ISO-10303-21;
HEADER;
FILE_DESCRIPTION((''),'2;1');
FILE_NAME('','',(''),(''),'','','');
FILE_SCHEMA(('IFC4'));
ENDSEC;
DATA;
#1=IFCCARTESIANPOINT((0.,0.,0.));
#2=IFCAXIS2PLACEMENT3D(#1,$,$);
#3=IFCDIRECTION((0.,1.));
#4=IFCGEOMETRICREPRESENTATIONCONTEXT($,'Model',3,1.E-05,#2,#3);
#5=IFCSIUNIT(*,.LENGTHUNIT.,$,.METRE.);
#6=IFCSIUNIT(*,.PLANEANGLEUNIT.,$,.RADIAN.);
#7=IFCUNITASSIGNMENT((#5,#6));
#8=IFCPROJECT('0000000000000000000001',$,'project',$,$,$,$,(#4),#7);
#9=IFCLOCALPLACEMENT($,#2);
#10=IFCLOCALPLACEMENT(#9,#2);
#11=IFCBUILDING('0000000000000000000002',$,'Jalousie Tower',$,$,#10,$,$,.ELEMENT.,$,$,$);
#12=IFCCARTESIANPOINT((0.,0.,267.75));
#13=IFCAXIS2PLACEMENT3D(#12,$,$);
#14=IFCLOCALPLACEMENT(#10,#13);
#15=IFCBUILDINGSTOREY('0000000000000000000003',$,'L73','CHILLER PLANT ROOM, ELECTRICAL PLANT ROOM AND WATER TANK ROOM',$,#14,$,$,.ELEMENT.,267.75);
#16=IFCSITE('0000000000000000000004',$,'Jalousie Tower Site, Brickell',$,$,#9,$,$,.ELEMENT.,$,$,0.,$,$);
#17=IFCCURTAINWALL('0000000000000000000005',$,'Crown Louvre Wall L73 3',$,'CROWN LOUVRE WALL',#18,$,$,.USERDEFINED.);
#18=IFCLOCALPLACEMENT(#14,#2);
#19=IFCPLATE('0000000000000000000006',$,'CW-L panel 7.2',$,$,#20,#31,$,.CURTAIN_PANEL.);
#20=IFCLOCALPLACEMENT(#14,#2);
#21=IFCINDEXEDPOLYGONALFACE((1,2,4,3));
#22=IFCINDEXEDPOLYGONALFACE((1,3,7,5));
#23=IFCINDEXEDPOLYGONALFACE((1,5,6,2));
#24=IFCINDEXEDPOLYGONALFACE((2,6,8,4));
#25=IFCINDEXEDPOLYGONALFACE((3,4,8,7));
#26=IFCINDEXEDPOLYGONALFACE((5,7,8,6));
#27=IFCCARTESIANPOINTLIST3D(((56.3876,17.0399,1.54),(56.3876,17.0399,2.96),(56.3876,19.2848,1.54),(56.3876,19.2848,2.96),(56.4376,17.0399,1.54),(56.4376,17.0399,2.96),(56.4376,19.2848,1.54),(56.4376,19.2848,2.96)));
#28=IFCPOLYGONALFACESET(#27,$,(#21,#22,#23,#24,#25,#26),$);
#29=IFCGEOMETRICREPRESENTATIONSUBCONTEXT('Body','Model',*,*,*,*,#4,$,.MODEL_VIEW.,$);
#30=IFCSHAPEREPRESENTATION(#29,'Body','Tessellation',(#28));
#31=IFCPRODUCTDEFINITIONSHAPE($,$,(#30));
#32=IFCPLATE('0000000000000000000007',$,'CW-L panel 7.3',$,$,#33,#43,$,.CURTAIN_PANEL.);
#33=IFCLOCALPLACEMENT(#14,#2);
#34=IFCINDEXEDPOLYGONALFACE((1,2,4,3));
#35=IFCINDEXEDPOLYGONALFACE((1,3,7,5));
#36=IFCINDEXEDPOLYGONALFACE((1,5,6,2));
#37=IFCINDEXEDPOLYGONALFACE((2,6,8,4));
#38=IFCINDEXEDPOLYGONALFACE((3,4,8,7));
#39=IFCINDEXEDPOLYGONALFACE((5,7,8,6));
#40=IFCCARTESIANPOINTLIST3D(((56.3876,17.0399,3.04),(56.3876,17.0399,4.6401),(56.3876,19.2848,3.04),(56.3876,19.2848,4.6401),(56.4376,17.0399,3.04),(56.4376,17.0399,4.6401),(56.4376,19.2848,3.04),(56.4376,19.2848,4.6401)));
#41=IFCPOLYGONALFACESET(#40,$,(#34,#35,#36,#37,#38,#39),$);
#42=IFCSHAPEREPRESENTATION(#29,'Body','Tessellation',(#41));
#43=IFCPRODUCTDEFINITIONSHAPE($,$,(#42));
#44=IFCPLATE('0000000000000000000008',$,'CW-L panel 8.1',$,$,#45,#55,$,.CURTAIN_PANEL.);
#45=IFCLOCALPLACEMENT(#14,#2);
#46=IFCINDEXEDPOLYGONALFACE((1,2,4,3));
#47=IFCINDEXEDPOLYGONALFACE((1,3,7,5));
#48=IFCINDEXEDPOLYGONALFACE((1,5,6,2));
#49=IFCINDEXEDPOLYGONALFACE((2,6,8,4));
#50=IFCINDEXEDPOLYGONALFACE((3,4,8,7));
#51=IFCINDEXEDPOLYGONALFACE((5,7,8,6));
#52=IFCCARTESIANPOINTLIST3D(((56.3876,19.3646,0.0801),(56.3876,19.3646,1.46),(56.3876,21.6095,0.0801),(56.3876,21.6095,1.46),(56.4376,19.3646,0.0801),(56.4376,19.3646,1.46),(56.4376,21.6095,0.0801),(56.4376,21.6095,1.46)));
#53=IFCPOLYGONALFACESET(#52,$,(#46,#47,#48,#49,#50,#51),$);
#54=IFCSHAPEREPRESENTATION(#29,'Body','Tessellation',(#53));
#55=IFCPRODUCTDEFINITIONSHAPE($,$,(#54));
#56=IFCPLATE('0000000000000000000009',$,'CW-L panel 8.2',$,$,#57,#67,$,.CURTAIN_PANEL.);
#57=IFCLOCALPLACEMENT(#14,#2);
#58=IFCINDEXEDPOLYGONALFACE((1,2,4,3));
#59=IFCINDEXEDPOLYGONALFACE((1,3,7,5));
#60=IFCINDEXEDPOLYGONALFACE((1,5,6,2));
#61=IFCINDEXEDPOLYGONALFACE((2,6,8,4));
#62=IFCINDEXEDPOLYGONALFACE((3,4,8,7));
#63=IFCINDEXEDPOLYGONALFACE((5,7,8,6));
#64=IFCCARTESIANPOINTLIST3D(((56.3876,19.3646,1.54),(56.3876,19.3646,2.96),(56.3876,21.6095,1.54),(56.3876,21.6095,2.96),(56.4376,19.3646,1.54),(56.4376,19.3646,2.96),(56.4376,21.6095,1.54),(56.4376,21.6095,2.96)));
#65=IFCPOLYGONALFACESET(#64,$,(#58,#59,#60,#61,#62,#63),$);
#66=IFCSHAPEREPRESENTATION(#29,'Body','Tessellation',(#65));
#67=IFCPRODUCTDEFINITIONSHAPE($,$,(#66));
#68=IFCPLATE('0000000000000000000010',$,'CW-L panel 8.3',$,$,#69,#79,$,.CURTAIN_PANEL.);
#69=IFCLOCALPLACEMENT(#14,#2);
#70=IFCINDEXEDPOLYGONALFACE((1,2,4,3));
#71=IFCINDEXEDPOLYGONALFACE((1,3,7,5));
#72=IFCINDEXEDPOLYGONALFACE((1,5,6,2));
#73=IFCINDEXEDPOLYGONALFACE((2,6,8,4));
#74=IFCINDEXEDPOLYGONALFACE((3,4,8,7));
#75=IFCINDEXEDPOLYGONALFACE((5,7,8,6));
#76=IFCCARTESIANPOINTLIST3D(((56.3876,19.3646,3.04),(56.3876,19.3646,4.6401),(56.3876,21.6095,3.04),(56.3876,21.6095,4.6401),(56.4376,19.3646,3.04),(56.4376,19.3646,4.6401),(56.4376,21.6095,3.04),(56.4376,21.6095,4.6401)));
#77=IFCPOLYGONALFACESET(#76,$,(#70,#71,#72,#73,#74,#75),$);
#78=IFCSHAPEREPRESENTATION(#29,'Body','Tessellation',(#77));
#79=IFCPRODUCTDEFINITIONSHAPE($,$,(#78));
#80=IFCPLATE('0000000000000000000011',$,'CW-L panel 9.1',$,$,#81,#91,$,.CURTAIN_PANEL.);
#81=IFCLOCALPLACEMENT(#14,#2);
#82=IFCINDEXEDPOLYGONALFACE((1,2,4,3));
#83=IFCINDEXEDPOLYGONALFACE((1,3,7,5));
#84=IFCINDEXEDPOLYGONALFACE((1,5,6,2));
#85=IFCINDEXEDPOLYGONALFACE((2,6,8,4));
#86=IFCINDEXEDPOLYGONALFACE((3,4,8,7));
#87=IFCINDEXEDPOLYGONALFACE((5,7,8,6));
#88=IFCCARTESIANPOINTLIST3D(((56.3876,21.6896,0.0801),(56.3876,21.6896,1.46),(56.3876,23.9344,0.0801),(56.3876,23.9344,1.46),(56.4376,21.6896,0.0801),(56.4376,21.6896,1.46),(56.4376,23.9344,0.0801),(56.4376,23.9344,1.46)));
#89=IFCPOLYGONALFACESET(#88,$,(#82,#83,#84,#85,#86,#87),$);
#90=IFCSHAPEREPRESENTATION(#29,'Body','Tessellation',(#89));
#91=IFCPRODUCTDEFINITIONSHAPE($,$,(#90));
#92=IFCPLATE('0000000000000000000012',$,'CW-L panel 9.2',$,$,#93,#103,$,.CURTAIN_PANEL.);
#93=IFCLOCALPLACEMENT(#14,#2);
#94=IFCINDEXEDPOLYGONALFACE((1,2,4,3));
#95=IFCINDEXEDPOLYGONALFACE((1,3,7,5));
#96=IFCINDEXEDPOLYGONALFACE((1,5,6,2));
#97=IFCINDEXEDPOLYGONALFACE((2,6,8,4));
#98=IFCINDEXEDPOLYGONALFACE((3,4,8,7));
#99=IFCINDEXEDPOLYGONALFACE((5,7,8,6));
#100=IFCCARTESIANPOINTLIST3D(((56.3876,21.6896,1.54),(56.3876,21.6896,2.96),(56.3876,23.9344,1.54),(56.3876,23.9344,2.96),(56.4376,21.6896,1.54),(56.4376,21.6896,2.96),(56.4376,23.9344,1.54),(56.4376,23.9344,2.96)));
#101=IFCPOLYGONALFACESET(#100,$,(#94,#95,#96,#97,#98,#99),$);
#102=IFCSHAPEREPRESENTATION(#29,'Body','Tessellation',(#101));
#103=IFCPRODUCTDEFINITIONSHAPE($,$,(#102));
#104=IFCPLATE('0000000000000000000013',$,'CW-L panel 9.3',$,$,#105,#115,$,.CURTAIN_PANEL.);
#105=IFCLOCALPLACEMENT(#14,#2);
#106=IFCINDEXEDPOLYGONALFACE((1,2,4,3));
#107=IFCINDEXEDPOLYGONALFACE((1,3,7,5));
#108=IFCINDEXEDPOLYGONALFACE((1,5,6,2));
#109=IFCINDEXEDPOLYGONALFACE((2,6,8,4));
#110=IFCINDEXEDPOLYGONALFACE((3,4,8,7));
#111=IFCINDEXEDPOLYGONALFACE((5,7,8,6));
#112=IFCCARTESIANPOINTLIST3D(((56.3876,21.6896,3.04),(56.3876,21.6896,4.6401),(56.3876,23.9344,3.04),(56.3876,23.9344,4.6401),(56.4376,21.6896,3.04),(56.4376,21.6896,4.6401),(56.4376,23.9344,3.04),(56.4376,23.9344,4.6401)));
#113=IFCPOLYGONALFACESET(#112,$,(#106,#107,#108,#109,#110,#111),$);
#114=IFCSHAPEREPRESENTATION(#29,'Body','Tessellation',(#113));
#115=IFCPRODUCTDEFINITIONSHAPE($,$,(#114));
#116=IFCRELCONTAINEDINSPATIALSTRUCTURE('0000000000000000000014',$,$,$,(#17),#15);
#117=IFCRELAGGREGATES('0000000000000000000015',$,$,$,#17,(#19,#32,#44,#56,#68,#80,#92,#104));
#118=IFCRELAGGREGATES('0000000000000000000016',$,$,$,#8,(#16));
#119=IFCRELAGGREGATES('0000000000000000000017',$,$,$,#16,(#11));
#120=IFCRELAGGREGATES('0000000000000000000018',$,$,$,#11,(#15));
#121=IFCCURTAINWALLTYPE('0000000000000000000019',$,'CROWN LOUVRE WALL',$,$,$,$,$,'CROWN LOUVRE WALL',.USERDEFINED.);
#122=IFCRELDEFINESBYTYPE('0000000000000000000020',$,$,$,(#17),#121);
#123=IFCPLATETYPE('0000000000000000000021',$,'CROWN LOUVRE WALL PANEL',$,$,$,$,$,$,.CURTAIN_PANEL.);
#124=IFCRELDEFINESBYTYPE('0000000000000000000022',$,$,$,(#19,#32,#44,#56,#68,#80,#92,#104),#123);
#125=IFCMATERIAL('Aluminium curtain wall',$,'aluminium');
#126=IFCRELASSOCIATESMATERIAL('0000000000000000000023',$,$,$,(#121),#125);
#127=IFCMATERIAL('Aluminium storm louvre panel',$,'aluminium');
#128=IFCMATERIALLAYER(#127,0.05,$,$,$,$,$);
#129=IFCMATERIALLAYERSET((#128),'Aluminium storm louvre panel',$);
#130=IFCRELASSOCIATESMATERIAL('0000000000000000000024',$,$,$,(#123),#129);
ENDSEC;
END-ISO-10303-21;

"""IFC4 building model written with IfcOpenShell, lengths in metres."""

from ifc_helpers import new_model, si_unit, direction, frame, origin, origin_2d, place, context, subcontext, project, spatial, rectangle, extrude, material, layer, layer_set, type_object, element, aggregate, save


model = new_model("IFC4")

# Units and contexts
model_context = context("Model", 3, precision=1e-05, world=origin(), true_north=direction((0.0, 1.0)))
body_context = subcontext(model_context, "Body", "Model", "MODEL_VIEW")
ifc_project = project(units=[si_unit("LENGTHUNIT", "METRE"), si_unit("PLANEANGLEUNIT", "RADIAN")], contexts=[model_context])

# Site, building, storey
site_placement = place(None, origin())
site = spatial("IfcSite", under=ifc_project, at=site_placement, Name="Jalousie Tower Site, Brickell", CompositionType="ELEMENT", RefElevation=0.0)
building_placement = place(site_placement, origin())
building = spatial("IfcBuilding", under=site, at=building_placement, Name="Jalousie Tower", CompositionType="ELEMENT")
storey_placement = place(building_placement, frame((0.0, 0.0, 267.75)))
storey = spatial("IfcBuildingStorey", under=building, at=storey_placement, Name="L73", Description="CHILLER PLANT ROOM, ELECTRICAL PLANT ROOM AND WATER TANK ROOM", CompositionType="ELEMENT", Elevation=267.75)

# Curtain wall, plates
ifc_material_1 = material(Name="Aluminium curtain wall", Category="aluminium")
curtain_wall_type = type_object("IfcCurtainWallType", Name="CROWN LOUVRE WALL", ElementType="CROWN LOUVRE WALL", PredefinedType="USERDEFINED", material=ifc_material_1)
curtain_wall_placement = place(storey_placement, origin())
curtain_wall = element("IfcCurtainWall", 1, at=curtain_wall_placement, inside=storey, type_object=curtain_wall_type, Name="Crown Louvre Wall L73 3", ObjectType="CROWN LOUVRE WALL", PredefinedType="USERDEFINED")
ifc_material_2 = material(Name="Aluminium storm louvre panel", Category="aluminium")
ifc_layer = layer(ifc_material_2, 0.05)
ifc_layer_set = layer_set([ifc_layer], Name="Aluminium storm louvre panel")
plate_type = type_object("IfcPlateType", Name="CROWN LOUVRE WALL PANEL", PredefinedType="CURTAIN_PANEL", material=ifc_layer_set)
plate_1_placement = place(storey_placement, frame((56.4126, 18.1624, 1.54), z_axis=(0.0, 0.0, 1.0), x_axis=(0.0, 1.0, 0.0)))
plate_1 = element("IfcPlate", 2, at=plate_1_placement, type_object=plate_type, Name="CW-L panel 7.2", PredefinedType="CURTAIN_PANEL", context=body_context, shape_type="SweptSolid", body=[
    extrude(rectangle(XDim=2.2449, YDim=0.05, at=origin_2d()), origin(), (0.0, 0.0, 1.0), 1.4199),
])
plate_2_placement = place(storey_placement, frame((56.4126, 18.1624, 3.04), z_axis=(0.0, 0.0, 1.0), x_axis=(0.0, 1.0, 0.0)))
plate_2 = element("IfcPlate", 3, at=plate_2_placement, type_object=plate_type, Name="CW-L panel 7.3", PredefinedType="CURTAIN_PANEL", context=body_context, shape_type="SweptSolid", body=[
    extrude(rectangle(XDim=2.2449, YDim=0.05, at=origin_2d()), origin(), (0.0, 0.0, 1.0), 1.6001),
])
plate_3_placement = place(storey_placement, frame((56.4126, 20.4871, 0.0801), z_axis=(0.0, 0.0, 1.0), x_axis=(0.0, 1.0, 0.0)))
plate_3 = element("IfcPlate", 4, at=plate_3_placement, type_object=plate_type, Name="CW-L panel 8.1", PredefinedType="CURTAIN_PANEL", context=body_context, shape_type="SweptSolid", body=[
    extrude(rectangle(XDim=2.2449, YDim=0.05, at=origin_2d()), origin(), (0.0, 0.0, 1.0), 1.3799),
])
plate_4_placement = place(storey_placement, frame((56.4126, 20.4871, 1.54), z_axis=(0.0, 0.0, 1.0), x_axis=(0.0, 1.0, 0.0)))
plate_4 = element("IfcPlate", 5, at=plate_4_placement, type_object=plate_type, Name="CW-L panel 8.2", PredefinedType="CURTAIN_PANEL", context=body_context, shape_type="SweptSolid", body=[
    extrude(rectangle(XDim=2.2449, YDim=0.05, at=origin_2d()), origin(), (0.0, 0.0, 1.0), 1.4199),
])
plate_5_placement = place(storey_placement, frame((56.4126, 20.4871, 3.04), z_axis=(0.0, 0.0, 1.0), x_axis=(0.0, 1.0, 0.0)))
plate_5 = element("IfcPlate", 6, at=plate_5_placement, type_object=plate_type, Name="CW-L panel 8.3", PredefinedType="CURTAIN_PANEL", context=body_context, shape_type="SweptSolid", body=[
    extrude(rectangle(XDim=2.2449, YDim=0.05, at=origin_2d()), origin(), (0.0, 0.0, 1.0), 1.6001),
])
plate_6_placement = place(storey_placement, frame((56.4126, 22.812, 0.0801), z_axis=(0.0, 0.0, 1.0), x_axis=(0.0, 1.0, 0.0)))
plate_6 = element("IfcPlate", 7, at=plate_6_placement, type_object=plate_type, Name="CW-L panel 9.1", PredefinedType="CURTAIN_PANEL", context=body_context, shape_type="SweptSolid", body=[
    extrude(rectangle(XDim=2.2449, YDim=0.05, at=origin_2d()), origin(), (0.0, 0.0, 1.0), 1.3799),
])
plate_7_placement = place(storey_placement, frame((56.4126, 22.812, 1.54), z_axis=(0.0, 0.0, 1.0), x_axis=(0.0, 1.0, 0.0)))
plate_7 = element("IfcPlate", 8, at=plate_7_placement, type_object=plate_type, Name="CW-L panel 9.2", PredefinedType="CURTAIN_PANEL", context=body_context, shape_type="SweptSolid", body=[
    extrude(rectangle(XDim=2.2449, YDim=0.05, at=origin_2d()), origin(), (0.0, 0.0, 1.0), 1.4199),
])
plate_8_placement = place(storey_placement, frame((56.4126, 22.812, 3.04), z_axis=(0.0, 0.0, 1.0), x_axis=(0.0, 1.0, 0.0)))
plate_8 = element("IfcPlate", 9, at=plate_8_placement, type_object=plate_type, Name="CW-L panel 9.3", PredefinedType="CURTAIN_PANEL", context=body_context, shape_type="SweptSolid", body=[
    extrude(rectangle(XDim=2.2449, YDim=0.05, at=origin_2d()), origin(), (0.0, 0.0, 1.0), 1.6001),
])
aggregate(curtain_wall, [plate_1, plate_2, plate_3, plate_4, plate_5, plate_6, plate_7, plate_8])

save(model, "model.ifc")
